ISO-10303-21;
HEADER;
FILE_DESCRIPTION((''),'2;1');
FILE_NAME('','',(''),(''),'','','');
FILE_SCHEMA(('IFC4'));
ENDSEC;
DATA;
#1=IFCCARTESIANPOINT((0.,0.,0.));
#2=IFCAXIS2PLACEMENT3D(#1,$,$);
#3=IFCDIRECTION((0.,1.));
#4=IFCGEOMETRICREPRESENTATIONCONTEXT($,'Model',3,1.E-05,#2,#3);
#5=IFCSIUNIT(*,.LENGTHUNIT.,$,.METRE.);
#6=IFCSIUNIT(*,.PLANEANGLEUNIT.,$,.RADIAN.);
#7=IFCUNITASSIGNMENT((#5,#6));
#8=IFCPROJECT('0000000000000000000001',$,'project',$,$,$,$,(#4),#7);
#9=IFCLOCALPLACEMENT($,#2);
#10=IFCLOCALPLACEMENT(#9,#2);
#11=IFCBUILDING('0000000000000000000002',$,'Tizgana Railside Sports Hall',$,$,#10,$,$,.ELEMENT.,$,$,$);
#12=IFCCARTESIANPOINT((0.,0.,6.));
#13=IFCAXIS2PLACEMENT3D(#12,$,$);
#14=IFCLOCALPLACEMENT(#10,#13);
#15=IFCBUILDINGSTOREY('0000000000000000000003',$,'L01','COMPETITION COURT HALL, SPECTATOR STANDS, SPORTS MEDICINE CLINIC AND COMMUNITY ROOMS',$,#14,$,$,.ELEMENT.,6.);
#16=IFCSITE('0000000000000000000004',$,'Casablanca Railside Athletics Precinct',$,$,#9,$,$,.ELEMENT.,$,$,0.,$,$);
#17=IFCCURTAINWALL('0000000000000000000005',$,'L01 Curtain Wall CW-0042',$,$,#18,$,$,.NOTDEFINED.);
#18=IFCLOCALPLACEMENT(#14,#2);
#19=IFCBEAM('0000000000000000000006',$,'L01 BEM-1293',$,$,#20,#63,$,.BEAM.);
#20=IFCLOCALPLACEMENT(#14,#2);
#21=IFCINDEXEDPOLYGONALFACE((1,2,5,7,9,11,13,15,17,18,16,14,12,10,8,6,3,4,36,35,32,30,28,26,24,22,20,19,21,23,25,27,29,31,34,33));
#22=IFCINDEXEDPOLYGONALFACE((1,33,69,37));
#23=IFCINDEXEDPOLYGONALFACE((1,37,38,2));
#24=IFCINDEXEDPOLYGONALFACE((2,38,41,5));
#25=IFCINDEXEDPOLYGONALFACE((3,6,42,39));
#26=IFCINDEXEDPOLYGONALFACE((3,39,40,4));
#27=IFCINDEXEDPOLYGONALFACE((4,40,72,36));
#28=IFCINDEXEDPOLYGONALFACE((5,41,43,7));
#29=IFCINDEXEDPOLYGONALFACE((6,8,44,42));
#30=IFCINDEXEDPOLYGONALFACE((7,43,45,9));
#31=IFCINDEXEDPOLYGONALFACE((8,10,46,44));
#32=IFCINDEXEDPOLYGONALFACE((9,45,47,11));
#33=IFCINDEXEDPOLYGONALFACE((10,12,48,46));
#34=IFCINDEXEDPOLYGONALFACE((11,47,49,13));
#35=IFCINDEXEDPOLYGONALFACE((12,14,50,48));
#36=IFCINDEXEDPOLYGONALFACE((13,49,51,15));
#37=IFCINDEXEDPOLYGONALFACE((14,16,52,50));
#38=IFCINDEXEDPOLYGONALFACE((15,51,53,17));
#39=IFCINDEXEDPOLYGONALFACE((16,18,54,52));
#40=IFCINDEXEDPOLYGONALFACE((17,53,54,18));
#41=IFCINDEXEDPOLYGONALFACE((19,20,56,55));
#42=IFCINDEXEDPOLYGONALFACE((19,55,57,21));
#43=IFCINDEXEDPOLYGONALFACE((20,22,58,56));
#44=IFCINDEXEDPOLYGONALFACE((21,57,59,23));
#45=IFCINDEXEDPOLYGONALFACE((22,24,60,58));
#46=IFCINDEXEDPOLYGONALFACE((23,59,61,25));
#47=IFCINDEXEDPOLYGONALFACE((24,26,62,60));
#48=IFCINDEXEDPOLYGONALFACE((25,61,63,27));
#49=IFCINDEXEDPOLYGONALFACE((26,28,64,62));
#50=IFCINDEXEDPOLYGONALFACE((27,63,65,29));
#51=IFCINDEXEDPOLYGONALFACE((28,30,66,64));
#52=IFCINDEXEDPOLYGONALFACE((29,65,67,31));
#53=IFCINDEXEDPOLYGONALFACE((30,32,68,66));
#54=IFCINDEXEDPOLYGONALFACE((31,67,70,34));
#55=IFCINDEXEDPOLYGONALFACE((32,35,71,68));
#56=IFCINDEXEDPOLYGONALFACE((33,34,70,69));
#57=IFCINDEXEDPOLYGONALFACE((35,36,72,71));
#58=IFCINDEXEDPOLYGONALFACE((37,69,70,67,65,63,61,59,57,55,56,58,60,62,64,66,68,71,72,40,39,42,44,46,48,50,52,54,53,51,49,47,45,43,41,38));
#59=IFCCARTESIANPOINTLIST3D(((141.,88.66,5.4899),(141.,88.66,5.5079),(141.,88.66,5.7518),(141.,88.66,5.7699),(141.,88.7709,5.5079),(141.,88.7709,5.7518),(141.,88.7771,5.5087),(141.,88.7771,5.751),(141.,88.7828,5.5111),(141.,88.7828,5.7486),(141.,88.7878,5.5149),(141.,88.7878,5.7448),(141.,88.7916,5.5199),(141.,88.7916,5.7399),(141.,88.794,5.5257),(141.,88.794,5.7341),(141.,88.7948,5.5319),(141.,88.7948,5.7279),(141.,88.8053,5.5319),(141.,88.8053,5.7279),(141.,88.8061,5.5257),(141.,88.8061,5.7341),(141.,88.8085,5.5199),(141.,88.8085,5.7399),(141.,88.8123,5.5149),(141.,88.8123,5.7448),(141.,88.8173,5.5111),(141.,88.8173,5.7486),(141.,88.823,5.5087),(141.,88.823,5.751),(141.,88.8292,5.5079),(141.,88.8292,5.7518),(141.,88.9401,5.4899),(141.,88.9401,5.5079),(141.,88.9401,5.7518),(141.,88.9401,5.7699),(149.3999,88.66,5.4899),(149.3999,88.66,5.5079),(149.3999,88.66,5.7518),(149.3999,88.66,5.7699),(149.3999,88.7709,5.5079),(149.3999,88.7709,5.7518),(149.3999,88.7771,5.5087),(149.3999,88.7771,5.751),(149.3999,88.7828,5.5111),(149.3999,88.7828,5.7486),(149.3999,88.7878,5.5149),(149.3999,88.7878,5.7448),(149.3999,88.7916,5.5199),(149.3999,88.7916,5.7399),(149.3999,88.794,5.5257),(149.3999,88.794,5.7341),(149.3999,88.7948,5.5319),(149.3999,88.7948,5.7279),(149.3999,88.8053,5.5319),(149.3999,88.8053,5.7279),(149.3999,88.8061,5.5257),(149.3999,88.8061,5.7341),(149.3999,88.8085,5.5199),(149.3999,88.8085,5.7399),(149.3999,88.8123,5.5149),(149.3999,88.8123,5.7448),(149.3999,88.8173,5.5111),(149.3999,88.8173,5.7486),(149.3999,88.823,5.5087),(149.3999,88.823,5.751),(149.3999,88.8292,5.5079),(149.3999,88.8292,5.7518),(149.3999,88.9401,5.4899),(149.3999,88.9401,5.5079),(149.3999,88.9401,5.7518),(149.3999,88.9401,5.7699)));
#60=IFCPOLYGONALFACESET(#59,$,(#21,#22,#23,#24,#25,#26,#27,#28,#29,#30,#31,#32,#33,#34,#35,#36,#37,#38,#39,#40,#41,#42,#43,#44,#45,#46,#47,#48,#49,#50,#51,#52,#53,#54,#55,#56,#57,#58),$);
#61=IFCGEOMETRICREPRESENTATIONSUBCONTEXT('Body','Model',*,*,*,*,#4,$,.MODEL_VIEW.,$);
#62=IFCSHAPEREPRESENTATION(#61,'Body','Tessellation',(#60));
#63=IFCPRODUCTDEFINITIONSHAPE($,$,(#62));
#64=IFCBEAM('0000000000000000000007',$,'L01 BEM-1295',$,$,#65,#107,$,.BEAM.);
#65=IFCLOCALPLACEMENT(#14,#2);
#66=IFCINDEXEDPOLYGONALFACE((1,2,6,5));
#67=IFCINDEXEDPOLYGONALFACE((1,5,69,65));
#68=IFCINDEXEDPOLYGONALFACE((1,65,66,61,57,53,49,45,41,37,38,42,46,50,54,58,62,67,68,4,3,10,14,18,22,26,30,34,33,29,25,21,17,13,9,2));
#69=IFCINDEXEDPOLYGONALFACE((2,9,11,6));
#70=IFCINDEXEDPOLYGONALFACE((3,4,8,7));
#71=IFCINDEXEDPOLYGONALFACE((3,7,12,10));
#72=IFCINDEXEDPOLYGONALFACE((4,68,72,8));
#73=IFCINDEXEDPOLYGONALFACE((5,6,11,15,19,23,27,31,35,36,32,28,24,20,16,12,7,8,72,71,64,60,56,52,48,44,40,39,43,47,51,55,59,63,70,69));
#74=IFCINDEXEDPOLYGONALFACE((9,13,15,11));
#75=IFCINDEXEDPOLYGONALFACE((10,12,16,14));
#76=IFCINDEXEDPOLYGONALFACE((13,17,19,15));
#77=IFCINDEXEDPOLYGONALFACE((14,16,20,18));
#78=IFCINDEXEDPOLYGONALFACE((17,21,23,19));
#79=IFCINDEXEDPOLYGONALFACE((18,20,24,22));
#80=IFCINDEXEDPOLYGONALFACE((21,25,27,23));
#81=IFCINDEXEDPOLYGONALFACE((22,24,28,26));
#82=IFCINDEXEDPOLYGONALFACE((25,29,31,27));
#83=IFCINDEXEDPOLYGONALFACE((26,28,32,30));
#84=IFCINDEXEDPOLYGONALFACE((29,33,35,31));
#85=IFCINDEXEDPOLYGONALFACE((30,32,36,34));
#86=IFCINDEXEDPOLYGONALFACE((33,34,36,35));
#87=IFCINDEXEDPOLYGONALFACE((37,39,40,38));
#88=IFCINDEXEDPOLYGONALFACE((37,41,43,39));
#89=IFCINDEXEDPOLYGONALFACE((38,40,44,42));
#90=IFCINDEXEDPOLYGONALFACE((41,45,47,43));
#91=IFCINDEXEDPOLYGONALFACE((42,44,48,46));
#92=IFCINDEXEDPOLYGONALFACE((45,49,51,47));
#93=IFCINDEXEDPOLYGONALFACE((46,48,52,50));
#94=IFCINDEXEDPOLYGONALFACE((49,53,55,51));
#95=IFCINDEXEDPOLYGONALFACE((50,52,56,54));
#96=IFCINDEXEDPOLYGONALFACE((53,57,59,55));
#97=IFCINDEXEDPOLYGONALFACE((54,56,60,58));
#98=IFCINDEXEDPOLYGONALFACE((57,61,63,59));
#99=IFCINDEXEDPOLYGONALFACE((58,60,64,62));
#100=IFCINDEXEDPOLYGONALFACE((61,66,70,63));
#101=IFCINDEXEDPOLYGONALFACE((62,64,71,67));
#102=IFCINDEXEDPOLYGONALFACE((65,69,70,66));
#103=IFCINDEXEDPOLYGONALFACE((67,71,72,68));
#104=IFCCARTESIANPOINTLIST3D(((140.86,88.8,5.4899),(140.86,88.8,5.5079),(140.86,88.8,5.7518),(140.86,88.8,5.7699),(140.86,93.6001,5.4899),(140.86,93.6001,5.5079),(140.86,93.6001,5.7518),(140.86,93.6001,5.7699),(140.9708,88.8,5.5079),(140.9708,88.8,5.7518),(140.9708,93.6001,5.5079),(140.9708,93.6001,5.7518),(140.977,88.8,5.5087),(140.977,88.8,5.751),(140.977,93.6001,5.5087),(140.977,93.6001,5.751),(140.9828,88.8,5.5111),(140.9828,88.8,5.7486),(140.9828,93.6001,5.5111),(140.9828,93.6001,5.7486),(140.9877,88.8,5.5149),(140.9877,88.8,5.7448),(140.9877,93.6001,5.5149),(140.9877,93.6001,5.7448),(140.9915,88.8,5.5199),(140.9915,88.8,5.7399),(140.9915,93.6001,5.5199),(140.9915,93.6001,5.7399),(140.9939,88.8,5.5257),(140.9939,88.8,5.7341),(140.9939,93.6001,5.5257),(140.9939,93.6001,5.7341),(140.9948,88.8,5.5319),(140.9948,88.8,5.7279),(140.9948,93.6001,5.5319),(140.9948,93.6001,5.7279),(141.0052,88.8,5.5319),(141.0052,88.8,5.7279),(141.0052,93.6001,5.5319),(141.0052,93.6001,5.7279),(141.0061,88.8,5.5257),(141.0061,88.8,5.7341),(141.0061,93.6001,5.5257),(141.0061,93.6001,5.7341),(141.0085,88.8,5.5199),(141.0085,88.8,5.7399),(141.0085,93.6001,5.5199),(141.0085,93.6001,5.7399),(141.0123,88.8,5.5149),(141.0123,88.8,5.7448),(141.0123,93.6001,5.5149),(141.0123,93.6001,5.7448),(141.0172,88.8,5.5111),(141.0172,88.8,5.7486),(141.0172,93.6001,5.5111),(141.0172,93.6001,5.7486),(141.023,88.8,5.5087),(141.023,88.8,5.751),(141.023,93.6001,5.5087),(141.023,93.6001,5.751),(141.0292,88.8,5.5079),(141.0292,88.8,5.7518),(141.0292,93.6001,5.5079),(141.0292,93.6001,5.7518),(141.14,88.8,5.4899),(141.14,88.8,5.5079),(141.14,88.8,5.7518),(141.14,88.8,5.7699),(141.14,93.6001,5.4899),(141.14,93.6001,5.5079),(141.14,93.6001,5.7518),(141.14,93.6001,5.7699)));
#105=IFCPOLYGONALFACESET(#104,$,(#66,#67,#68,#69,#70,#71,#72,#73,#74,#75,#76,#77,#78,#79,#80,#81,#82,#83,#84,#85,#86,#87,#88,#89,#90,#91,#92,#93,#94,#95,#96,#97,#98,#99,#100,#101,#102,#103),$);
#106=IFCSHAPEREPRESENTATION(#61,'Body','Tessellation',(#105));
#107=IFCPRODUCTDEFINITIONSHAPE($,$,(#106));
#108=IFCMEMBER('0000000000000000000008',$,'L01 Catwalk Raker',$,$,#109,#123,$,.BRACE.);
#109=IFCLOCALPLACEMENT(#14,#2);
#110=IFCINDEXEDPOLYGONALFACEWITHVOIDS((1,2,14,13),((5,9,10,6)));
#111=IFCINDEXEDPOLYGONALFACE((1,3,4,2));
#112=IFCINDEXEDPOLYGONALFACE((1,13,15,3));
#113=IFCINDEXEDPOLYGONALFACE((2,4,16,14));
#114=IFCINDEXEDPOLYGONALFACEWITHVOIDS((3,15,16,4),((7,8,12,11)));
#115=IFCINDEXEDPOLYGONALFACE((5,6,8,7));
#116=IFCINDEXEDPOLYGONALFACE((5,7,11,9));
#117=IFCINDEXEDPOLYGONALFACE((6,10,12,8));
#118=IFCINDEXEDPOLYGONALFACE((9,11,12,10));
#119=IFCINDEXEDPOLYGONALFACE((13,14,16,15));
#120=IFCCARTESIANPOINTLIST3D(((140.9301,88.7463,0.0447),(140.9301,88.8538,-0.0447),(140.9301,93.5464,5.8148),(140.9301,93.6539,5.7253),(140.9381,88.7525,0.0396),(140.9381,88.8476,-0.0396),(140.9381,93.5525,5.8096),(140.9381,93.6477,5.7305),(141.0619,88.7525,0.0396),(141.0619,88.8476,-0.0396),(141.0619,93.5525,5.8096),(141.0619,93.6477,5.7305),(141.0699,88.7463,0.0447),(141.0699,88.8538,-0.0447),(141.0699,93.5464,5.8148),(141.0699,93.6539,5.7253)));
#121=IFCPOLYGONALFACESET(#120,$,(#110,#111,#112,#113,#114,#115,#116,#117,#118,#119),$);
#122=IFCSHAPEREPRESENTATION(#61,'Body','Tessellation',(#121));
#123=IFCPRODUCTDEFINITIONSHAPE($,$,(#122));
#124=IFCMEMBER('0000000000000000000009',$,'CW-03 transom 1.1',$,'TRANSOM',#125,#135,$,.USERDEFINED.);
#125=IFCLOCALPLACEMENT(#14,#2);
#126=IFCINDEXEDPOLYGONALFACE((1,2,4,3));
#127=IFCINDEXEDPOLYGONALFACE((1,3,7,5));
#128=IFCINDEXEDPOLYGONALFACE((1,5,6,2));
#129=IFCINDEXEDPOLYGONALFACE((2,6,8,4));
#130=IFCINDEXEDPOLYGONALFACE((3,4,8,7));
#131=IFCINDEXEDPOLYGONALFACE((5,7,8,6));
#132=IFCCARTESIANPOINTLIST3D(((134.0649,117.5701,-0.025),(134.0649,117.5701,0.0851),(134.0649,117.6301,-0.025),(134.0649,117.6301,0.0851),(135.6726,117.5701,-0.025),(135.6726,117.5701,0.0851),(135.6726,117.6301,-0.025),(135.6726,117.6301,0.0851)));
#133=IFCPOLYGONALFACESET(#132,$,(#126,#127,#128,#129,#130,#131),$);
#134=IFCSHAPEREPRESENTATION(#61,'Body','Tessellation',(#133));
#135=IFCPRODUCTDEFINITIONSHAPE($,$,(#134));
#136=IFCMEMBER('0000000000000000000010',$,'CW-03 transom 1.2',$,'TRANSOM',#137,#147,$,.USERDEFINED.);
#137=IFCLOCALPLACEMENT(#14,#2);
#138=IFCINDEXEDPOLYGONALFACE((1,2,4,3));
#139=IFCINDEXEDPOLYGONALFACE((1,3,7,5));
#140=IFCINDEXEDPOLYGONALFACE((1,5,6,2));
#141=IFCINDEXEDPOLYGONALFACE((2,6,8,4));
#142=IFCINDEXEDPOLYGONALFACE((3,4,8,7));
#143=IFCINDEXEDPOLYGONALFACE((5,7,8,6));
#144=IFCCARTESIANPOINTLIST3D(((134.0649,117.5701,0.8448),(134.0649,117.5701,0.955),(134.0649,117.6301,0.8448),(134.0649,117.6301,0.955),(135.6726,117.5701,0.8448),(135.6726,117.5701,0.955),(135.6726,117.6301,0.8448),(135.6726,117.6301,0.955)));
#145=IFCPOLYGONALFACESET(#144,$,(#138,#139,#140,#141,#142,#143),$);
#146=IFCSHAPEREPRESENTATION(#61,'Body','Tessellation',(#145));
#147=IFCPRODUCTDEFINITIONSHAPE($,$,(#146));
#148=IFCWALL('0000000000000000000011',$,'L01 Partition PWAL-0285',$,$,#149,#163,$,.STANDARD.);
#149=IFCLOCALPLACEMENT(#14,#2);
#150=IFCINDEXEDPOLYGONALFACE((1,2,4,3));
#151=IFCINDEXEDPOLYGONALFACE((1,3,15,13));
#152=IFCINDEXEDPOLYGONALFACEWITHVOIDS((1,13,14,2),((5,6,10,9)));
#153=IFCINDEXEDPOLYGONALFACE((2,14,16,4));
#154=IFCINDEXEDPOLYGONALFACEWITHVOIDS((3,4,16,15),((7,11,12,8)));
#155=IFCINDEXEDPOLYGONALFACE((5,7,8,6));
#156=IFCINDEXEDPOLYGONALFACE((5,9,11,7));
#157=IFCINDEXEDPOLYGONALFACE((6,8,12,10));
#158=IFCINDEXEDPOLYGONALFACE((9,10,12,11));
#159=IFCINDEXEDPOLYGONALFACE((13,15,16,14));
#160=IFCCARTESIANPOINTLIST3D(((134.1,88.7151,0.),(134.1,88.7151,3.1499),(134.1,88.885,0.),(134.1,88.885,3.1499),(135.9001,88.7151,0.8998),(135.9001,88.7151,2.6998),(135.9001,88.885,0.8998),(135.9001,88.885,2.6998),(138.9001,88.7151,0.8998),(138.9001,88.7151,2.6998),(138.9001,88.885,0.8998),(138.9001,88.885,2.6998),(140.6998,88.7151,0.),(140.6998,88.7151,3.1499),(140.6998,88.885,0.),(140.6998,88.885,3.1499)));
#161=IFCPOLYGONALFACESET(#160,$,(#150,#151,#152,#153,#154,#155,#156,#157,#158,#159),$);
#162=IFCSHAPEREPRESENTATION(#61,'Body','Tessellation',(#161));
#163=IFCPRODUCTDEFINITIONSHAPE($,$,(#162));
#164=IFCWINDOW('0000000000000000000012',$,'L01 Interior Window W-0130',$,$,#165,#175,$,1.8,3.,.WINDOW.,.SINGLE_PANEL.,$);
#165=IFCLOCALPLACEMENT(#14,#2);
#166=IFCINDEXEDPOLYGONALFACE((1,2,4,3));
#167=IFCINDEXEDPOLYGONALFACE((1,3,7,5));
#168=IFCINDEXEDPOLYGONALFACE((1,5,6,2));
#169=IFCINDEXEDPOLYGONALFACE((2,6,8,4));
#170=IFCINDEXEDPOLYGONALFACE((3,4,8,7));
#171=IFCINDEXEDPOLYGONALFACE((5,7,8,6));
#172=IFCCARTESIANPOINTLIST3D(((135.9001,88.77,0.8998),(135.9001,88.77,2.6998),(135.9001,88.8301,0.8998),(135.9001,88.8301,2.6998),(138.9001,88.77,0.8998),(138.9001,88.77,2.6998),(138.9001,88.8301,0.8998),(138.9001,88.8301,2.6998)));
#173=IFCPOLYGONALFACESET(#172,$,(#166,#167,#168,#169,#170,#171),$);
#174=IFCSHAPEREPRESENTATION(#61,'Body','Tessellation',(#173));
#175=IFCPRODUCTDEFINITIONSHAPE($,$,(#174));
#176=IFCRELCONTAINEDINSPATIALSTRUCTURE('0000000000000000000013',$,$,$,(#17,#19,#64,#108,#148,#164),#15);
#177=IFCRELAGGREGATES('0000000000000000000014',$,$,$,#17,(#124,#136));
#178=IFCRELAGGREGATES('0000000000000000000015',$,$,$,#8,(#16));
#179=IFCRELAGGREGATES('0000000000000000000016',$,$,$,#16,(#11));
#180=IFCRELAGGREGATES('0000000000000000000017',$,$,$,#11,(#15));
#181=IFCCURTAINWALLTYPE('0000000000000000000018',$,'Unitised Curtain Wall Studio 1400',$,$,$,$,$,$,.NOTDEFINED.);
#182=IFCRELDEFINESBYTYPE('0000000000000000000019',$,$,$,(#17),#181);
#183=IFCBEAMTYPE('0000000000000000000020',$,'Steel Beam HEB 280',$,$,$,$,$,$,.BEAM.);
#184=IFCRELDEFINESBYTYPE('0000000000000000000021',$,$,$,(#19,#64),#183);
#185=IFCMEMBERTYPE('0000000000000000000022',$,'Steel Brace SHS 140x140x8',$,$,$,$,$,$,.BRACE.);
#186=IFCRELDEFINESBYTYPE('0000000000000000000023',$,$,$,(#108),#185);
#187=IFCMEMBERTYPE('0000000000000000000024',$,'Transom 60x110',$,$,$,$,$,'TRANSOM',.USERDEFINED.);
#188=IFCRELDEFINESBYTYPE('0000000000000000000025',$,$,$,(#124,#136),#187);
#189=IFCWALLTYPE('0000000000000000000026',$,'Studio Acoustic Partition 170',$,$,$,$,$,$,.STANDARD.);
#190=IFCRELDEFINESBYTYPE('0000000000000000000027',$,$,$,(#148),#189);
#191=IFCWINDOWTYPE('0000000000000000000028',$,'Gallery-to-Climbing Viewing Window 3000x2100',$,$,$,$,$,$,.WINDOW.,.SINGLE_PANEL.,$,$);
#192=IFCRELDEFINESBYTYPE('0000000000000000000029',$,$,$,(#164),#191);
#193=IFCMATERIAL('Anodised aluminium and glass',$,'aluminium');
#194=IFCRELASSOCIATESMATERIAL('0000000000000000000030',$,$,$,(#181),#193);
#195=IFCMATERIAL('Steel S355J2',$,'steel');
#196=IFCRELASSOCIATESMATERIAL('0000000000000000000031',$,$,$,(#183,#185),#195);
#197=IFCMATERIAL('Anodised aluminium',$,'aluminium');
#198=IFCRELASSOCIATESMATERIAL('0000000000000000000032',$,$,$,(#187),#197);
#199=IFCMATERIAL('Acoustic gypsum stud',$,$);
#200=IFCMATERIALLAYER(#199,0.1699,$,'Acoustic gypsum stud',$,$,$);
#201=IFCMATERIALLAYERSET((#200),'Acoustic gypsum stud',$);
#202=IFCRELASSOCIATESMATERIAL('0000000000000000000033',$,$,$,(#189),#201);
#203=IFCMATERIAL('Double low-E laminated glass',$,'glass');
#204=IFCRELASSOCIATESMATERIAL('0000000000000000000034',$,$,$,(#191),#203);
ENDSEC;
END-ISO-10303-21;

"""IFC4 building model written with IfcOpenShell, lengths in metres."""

from ifc_helpers import new_model, si_unit, direction, frame, frame_2d, origin, origin_2d, place, context, subcontext, project, spatial, rectangle, hollow_rectangle, i_section, extrude, material, layer, layer_set, material_profile, profile_set, type_object, element, fill, aggregate, save


model = new_model("IFC4")

# Units and contexts
model_context = context("Model", 3, precision=1e-05, world=origin(), true_north=direction((0.0, 1.0)))
body_context = subcontext(model_context, "Body", "Model", "MODEL_VIEW")
ifc_project = project(units=[si_unit("LENGTHUNIT", "METRE"), si_unit("PLANEANGLEUNIT", "RADIAN")], contexts=[model_context])

# Site, building, storey
site_placement = place(None, origin())
site = spatial("IfcSite", under=ifc_project, at=site_placement, Name="Casablanca Railside Athletics Precinct", CompositionType="ELEMENT", RefElevation=0.0)
building_placement = place(site_placement, origin())
building = spatial("IfcBuilding", under=site, at=building_placement, Name="Tizgana Railside Sports Hall", CompositionType="ELEMENT")
storey_placement = place(building_placement, frame((0.0, 0.0, 6.0)))
storey = spatial("IfcBuildingStorey", under=building, at=storey_placement, Name="L01", Description="COMPETITION COURT HALL, SPECTATOR STANDS, SPORTS MEDICINE CLINIC AND COMMUNITY ROOMS", CompositionType="ELEMENT", Elevation=6.0)

# Shared definitions
ifc_material_1 = material(Name="Steel S355J2", Category="steel")

# Curtain wall
ifc_material_2 = material(Name="Anodised aluminium and glass", Category="aluminium")
curtain_wall_type = type_object("IfcCurtainWallType", Name="Unitised Curtain Wall Studio 1400", PredefinedType="NOTDEFINED", material=ifc_material_2)
curtain_wall_placement = place(storey_placement, origin())
curtain_wall = element("IfcCurtainWall", 1, at=curtain_wall_placement, inside=storey, type_object=curtain_wall_type, Name="L01 Curtain Wall CW-0042", PredefinedType="NOTDEFINED")
ifc_material_3 = material(Name="Anodised aluminium", Category="aluminium")

# Beams
ifc_material_profile_1 = material_profile(ifc_material_1, i_section(OverallWidth=0.28, OverallDepth=0.28, WebThickness=0.0105, FlangeThickness=0.0181, FilletRadius=0.0239, at=origin_2d()), Name="HEB 280")
ifc_profile_set_1 = profile_set([ifc_material_profile_1], Name="Steel S355J2")
beam_type_1 = type_object("IfcBeamType", Name="Steel Beam HEB 280", PredefinedType="BEAM", material=ifc_profile_set_1)
beam_1_placement = place(storey_placement, frame((141.0, 88.8, 5.6299), z_axis=(1.0, 0.0, 0.0), x_axis=(0.0, 1.0, 0.0)))
element("IfcBeam", 2, at=beam_1_placement, inside=storey, type_object=beam_type_1, Name="L01 BEM-1293", PredefinedType="BEAM", context=body_context, shape_type="SweptSolid", body=[
    extrude(i_section(OverallWidth=0.28, OverallDepth=0.28, WebThickness=0.0105, FlangeThickness=0.0181, FilletRadius=0.0239, at=origin_2d()), origin(), (0.0, 0.0, 1.0), 8.3999),
])
beam_2_placement = place(storey_placement, frame((141.0, 88.8, 5.6299), z_axis=(0.0, 1.0, 0.0), x_axis=(-1.0, 0.0, 0.0)))
element("IfcBeam", 3, at=beam_2_placement, inside=storey, type_object=beam_type_1, Name="L01 BEM-1295", PredefinedType="BEAM", context=body_context, shape_type="SweptSolid", body=[
    extrude(i_section(OverallWidth=0.28, OverallDepth=0.28, WebThickness=0.0105, FlangeThickness=0.0181, FilletRadius=0.0239, at=origin_2d()), origin(), (0.0, 0.0, 1.0), 4.8),
])

# Members
ifc_material_profile_2 = material_profile(ifc_material_1, hollow_rectangle(XDim=0.1399, YDim=0.1399, WallThickness=0.0081, at=origin_2d()), Name="SHS 140x140x8")
ifc_profile_set_2 = profile_set([ifc_material_profile_2], Name="Steel S355J2")
member_type_1 = type_object("IfcMemberType", Name="Steel Brace SHS 140x140x8", PredefinedType="BRACE", material=ifc_profile_set_2)
member_1_placement = place(storey_placement, frame((141.0, 88.8, 0.0), z_axis=(0.0, 0.639531, 0.768765), x_axis=(-1.0, 0.0, 0.0)))
element("IfcMember", 4, at=member_1_placement, inside=storey, type_object=member_type_1, Name="L01 Catwalk Raker", PredefinedType="BRACE", context=body_context, shape_type="SweptSolid", body=[
    extrude(hollow_rectangle(XDim=0.1399, YDim=0.1399, WallThickness=0.0081, at=origin_2d()), origin(), (0.0, 0.0, 1.0), 7.5056),
])
ifc_material_profile_3 = material_profile(ifc_material_3, rectangle(XDim=0.0601, YDim=0.1101, at=origin_2d()), Name="Transom 60x110")
ifc_profile_set_3 = profile_set([ifc_material_profile_3], Name="Anodised aluminium")
member_type_2 = type_object("IfcMemberType", Name="Transom 60x110", ElementType="TRANSOM", PredefinedType="USERDEFINED", material=ifc_profile_set_3)
member_2_placement = place(storey_placement, frame((134.0649, 117.6001, 0.03), z_axis=(1.0, 0.0, 0.0), x_axis=(0.0, 1.0, 0.0)))
member_2 = element("IfcMember", 5, at=member_2_placement, type_object=member_type_2, Name="CW-03 transom 1.1", ObjectType="TRANSOM", PredefinedType="USERDEFINED", context=body_context, shape_type="SweptSolid", body=[
    extrude(rectangle(XDim=0.0601, YDim=0.1101, at=origin_2d()), origin(), (0.0, 0.0, 1.0), 1.6077),
])
member_3_placement = place(storey_placement, frame((134.0649, 117.6001, 0.8999), z_axis=(1.0, 0.0, 0.0), x_axis=(0.0, 1.0, 0.0)))
member_3 = element("IfcMember", 6, at=member_3_placement, type_object=member_type_2, Name="CW-03 transom 1.2", ObjectType="TRANSOM", PredefinedType="USERDEFINED", context=body_context, shape_type="SweptSolid", body=[
    extrude(rectangle(XDim=0.0601, YDim=0.1101, at=origin_2d()), origin(), (0.0, 0.0, 1.0), 1.6077),
])
aggregate(curtain_wall, [member_2, member_3])

# Wall, opening, window
ifc_material_4 = material(Name="Acoustic gypsum stud")
ifc_layer_1 = layer(ifc_material_4, 0.1699, Name="Acoustic gypsum stud")
ifc_layer_set_1 = layer_set([ifc_layer_1], Name="Acoustic gypsum stud")
wall_type = type_object("IfcWallType", Name="Studio Acoustic Partition 170", PredefinedType="STANDARD", material=ifc_layer_set_1)
wall_1_placement = place(storey_placement, frame((134.1001, 88.8, 0.0), z_axis=(0.0, 0.0, 1.0), x_axis=(1.0, 0.0, 0.0)))
wall_1 = element("IfcWall", 7, at=wall_1_placement, inside=storey, type_object=wall_type, Name="L01 Partition PWAL-0285", PredefinedType="STANDARD", context=body_context, shape_type="SweptSolid", body=[
    extrude(rectangle(XDim=6.5999, YDim=0.1699, at=frame_2d((3.2998, 0.0))), origin(), (0.0, 0.0, 1.0), 3.1499),
])
opening_1_placement = place(wall_1_placement, frame((1.8, 0.0, 0.8999)))
opening_1 = element("IfcOpeningElement", 8, at=opening_1_placement, cuts=wall_1, PredefinedType="OPENING", context=body_context, shape_type="SweptSolid", body=[
    extrude(rectangle(XDim=3.0, YDim=1.8, at=frame_2d((1.5, 0.8999))), frame((0.0, 0.095, 0.0), z_axis=(0.0, -1.0, 0.0), x_axis=(1.0, 0.0, 0.0)), (0.0, 0.0, 1.0), 0.1899),
])
ifc_material_5 = material(Name="Double low-E laminated glass", Category="glass")
window_type = type_object("IfcWindowType", Name="Gallery-to-Climbing Viewing Window 3000x2100", PartitioningType="SINGLE_PANEL", PredefinedType="WINDOW", material=ifc_material_5)
window_1_placement = place(opening_1_placement, origin())
window_1 = element("IfcWindow", 9, at=window_1_placement, inside=storey, type_object=window_type, Name="L01 Interior Window W-0130", OverallHeight=1.8, OverallWidth=3.0, PartitioningType="SINGLE_PANEL", PredefinedType="WINDOW", context=body_context, shape_type="SweptSolid", body=[
    extrude(rectangle(XDim=3.0, YDim=1.8, at=frame_2d((1.5, 0.8999))), frame((0.0, 0.03, 0.0), z_axis=(0.0, -1.0, 0.0), x_axis=(1.0, 0.0, 0.0)), (0.0, 0.0, 1.0), 0.0601),
])
fill(opening_1, window_1)

save(model, "model.ifc")
